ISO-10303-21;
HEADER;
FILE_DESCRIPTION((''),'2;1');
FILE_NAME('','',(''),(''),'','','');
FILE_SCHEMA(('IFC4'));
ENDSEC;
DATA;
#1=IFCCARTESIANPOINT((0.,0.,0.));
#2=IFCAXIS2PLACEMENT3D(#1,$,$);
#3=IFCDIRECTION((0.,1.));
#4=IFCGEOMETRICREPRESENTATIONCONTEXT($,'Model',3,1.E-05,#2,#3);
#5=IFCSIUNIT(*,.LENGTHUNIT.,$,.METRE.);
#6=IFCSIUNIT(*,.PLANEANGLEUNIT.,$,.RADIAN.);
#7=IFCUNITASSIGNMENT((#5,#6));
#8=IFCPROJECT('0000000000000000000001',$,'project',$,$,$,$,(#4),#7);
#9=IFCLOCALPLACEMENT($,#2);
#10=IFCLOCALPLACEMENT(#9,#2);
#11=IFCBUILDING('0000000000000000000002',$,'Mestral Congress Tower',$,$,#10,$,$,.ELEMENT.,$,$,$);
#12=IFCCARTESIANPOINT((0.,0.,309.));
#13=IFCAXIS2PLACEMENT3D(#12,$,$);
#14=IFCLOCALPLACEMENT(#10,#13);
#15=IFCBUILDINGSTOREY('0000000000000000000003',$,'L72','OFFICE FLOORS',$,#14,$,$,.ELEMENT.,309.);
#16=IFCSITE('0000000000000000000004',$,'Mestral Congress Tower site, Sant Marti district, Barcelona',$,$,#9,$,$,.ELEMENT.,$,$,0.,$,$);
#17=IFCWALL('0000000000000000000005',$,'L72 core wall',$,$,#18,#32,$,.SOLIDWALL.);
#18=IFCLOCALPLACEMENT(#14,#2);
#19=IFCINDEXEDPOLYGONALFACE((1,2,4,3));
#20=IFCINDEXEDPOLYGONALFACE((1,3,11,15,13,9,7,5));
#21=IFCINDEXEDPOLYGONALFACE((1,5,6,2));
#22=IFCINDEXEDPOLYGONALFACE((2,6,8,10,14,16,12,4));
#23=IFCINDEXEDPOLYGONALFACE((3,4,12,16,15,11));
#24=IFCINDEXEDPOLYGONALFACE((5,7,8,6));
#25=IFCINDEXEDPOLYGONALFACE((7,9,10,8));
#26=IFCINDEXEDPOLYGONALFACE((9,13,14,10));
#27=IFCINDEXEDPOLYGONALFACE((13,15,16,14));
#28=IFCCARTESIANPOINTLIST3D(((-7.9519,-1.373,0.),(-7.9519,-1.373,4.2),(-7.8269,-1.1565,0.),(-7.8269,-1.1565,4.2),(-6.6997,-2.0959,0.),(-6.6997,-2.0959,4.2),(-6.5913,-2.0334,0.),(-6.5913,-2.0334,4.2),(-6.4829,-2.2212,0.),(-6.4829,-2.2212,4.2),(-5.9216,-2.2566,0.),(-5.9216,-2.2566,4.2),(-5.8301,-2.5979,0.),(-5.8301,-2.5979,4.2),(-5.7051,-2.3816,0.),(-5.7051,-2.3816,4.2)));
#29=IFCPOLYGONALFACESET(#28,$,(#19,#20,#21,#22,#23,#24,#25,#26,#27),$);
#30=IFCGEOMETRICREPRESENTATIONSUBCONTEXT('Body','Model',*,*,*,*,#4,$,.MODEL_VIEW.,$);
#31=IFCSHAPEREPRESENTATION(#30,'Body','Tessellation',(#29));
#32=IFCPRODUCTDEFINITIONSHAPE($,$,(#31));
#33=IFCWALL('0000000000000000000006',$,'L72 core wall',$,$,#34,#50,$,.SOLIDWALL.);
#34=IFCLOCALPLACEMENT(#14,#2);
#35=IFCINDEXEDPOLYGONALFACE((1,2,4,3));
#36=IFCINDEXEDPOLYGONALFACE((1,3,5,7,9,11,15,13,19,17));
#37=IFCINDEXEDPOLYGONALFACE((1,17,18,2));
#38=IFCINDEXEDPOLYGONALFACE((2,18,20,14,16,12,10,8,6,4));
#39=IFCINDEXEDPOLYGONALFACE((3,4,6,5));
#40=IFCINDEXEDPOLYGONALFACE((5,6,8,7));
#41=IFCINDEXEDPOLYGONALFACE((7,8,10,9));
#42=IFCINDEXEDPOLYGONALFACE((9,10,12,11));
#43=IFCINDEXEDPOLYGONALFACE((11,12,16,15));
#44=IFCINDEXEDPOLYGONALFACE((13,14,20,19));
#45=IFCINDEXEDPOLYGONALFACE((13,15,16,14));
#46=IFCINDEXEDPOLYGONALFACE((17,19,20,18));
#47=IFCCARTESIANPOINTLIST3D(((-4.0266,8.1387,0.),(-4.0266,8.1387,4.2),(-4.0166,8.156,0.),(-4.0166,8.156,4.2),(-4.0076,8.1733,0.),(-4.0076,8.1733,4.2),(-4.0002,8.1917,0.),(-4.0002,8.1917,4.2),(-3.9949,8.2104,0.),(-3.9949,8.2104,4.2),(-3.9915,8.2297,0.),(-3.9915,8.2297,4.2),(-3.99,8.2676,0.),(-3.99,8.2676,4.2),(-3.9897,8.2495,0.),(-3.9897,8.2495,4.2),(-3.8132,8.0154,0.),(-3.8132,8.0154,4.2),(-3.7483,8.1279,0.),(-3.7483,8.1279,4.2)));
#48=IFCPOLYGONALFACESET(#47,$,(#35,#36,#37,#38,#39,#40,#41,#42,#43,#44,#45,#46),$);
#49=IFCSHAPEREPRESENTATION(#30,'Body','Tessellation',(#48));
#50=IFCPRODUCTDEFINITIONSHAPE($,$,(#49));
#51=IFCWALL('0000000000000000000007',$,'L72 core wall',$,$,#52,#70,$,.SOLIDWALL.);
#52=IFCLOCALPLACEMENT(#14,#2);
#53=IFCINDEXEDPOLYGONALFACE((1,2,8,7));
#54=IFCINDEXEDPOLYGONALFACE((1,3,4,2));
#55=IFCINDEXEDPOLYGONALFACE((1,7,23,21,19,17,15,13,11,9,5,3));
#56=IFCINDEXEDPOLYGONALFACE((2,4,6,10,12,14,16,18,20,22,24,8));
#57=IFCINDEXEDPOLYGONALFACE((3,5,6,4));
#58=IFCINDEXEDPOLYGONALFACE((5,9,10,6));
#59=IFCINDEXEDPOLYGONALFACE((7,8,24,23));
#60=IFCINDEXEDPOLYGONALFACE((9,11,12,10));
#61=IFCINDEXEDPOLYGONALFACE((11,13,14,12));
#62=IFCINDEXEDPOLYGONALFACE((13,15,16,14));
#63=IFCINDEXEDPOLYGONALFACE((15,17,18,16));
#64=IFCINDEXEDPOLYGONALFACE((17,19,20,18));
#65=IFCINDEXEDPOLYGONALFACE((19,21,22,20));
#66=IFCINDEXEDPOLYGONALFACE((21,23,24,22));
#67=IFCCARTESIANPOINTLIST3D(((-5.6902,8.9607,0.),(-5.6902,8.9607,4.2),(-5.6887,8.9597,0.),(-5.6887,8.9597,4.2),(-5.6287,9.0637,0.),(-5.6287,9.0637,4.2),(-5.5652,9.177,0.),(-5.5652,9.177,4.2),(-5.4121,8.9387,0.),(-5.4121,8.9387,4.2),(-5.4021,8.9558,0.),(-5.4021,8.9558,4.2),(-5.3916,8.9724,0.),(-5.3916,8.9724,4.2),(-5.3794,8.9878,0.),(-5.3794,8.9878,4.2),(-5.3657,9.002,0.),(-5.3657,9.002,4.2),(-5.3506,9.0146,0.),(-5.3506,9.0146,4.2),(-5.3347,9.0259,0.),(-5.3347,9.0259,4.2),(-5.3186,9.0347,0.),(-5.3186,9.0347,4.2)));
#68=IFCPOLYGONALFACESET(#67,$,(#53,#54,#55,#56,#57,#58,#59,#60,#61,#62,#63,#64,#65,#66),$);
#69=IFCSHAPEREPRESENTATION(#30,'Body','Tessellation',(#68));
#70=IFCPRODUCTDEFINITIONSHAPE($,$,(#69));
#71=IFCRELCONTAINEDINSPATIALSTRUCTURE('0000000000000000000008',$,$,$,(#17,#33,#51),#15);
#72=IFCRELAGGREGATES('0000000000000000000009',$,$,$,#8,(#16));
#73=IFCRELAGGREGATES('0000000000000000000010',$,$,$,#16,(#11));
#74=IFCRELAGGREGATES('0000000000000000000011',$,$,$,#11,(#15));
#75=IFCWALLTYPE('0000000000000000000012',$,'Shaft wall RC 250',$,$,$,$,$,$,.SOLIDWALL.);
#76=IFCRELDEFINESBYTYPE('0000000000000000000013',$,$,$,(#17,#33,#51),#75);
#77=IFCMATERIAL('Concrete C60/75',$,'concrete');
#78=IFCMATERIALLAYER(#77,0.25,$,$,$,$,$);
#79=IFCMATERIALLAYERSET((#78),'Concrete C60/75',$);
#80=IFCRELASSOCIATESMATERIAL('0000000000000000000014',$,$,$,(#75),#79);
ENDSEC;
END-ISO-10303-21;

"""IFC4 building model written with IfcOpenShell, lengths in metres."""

from ifc_helpers import new_model, si_unit, direction, frame, origin, place, context, subcontext, project, spatial, polyline, outline, extrude, material, layer, layer_set, type_object, element, save


model = new_model("IFC4")

# Units and contexts
model_context = context("Model", 3, precision=1e-05, world=origin(), true_north=direction((0.0, 1.0)))
body_context = subcontext(model_context, "Body", "Model", "MODEL_VIEW")
ifc_project = project(units=[si_unit("LENGTHUNIT", "METRE"), si_unit("PLANEANGLEUNIT", "RADIAN")], contexts=[model_context])

# Site, building, storey
site_placement = place(None, origin())
site = spatial("IfcSite", under=ifc_project, at=site_placement, Name="Mestral Congress Tower site, Sant Marti district, Barcelona", CompositionType="ELEMENT", RefElevation=0.0)
building_placement = place(site_placement, origin())
building = spatial("IfcBuilding", under=site, at=building_placement, Name="Mestral Congress Tower", CompositionType="ELEMENT")
storey_placement = place(building_placement, frame((0.0, 0.0, 309.0)))
storey = spatial("IfcBuildingStorey", under=building, at=storey_placement, Name="L72", Description="OFFICE FLOORS", CompositionType="ELEMENT", Elevation=309.0)

# Walls
ifc_material_1 = material(Name="Concrete C60/75", Category="concrete")
placement = place(storey_placement, origin())
ifc_layer_1 = layer(ifc_material_1, 0.25)
ifc_layer_set_1 = layer_set([ifc_layer_1], Name="Concrete C60/75")
wall_type_1 = type_object("IfcWallType", Name="Shaft wall RC 250", PredefinedType="SOLIDWALL", material=ifc_layer_set_1)
element("IfcWall", 1, at=placement, inside=storey, type_object=wall_type_1, Name="L72 core wall", PredefinedType="SOLIDWALL", context=body_context, shape_type="SweptSolid", body=[
    extrude(outline(polyline([(-5.9216, -2.2566), (-5.9216, -2.2566), (-5.7051, -2.3816), (-5.8301, -2.5979), (-6.4829, -2.2212), (-6.5913, -2.0334), (-6.5913, -2.0334), (-6.6997, -2.0959), (-7.9519, -1.373), (-7.8269, -1.1565), (-5.9216, -2.2566)])), origin(), (0.0, 0.0, 1.0), 4.2),
])
element("IfcWall", 2, at=placement, inside=storey, type_object=wall_type_1, Name="L72 core wall", PredefinedType="SOLIDWALL", context=body_context, shape_type="SweptSolid", body=[
    extrude(outline(polyline([(-3.7483, 8.1279), (-3.8132, 8.0154), (-4.0266, 8.1387), (-4.0166, 8.156), (-4.0076, 8.1733), (-4.0002, 8.1917), (-3.9949, 8.2104), (-3.9915, 8.2297), (-3.9897, 8.2495), (-3.99, 8.2676), (-3.7483, 8.1279)])), origin(), (0.0, 0.0, 1.0), 4.2),
])
element("IfcWall", 3, at=placement, inside=storey, type_object=wall_type_1, Name="L72 core wall", PredefinedType="SOLIDWALL", context=body_context, shape_type="SweptSolid", body=[
    extrude(outline(polyline([(-5.6887, 8.9597), (-5.6902, 8.9607), (-5.5652, 9.177), (-5.3186, 9.0347), (-5.3347, 9.0259), (-5.3506, 9.0146), (-5.3657, 9.002), (-5.3794, 8.9878), (-5.3916, 8.9724), (-5.4021, 8.9558), (-5.4121, 8.9387), (-5.6287, 9.0637), (-5.6287, 9.0637), (-5.6887, 8.9597)])), origin(), (0.0, 0.0, 1.0), 4.2),
])

save(model, "model.ifc")
